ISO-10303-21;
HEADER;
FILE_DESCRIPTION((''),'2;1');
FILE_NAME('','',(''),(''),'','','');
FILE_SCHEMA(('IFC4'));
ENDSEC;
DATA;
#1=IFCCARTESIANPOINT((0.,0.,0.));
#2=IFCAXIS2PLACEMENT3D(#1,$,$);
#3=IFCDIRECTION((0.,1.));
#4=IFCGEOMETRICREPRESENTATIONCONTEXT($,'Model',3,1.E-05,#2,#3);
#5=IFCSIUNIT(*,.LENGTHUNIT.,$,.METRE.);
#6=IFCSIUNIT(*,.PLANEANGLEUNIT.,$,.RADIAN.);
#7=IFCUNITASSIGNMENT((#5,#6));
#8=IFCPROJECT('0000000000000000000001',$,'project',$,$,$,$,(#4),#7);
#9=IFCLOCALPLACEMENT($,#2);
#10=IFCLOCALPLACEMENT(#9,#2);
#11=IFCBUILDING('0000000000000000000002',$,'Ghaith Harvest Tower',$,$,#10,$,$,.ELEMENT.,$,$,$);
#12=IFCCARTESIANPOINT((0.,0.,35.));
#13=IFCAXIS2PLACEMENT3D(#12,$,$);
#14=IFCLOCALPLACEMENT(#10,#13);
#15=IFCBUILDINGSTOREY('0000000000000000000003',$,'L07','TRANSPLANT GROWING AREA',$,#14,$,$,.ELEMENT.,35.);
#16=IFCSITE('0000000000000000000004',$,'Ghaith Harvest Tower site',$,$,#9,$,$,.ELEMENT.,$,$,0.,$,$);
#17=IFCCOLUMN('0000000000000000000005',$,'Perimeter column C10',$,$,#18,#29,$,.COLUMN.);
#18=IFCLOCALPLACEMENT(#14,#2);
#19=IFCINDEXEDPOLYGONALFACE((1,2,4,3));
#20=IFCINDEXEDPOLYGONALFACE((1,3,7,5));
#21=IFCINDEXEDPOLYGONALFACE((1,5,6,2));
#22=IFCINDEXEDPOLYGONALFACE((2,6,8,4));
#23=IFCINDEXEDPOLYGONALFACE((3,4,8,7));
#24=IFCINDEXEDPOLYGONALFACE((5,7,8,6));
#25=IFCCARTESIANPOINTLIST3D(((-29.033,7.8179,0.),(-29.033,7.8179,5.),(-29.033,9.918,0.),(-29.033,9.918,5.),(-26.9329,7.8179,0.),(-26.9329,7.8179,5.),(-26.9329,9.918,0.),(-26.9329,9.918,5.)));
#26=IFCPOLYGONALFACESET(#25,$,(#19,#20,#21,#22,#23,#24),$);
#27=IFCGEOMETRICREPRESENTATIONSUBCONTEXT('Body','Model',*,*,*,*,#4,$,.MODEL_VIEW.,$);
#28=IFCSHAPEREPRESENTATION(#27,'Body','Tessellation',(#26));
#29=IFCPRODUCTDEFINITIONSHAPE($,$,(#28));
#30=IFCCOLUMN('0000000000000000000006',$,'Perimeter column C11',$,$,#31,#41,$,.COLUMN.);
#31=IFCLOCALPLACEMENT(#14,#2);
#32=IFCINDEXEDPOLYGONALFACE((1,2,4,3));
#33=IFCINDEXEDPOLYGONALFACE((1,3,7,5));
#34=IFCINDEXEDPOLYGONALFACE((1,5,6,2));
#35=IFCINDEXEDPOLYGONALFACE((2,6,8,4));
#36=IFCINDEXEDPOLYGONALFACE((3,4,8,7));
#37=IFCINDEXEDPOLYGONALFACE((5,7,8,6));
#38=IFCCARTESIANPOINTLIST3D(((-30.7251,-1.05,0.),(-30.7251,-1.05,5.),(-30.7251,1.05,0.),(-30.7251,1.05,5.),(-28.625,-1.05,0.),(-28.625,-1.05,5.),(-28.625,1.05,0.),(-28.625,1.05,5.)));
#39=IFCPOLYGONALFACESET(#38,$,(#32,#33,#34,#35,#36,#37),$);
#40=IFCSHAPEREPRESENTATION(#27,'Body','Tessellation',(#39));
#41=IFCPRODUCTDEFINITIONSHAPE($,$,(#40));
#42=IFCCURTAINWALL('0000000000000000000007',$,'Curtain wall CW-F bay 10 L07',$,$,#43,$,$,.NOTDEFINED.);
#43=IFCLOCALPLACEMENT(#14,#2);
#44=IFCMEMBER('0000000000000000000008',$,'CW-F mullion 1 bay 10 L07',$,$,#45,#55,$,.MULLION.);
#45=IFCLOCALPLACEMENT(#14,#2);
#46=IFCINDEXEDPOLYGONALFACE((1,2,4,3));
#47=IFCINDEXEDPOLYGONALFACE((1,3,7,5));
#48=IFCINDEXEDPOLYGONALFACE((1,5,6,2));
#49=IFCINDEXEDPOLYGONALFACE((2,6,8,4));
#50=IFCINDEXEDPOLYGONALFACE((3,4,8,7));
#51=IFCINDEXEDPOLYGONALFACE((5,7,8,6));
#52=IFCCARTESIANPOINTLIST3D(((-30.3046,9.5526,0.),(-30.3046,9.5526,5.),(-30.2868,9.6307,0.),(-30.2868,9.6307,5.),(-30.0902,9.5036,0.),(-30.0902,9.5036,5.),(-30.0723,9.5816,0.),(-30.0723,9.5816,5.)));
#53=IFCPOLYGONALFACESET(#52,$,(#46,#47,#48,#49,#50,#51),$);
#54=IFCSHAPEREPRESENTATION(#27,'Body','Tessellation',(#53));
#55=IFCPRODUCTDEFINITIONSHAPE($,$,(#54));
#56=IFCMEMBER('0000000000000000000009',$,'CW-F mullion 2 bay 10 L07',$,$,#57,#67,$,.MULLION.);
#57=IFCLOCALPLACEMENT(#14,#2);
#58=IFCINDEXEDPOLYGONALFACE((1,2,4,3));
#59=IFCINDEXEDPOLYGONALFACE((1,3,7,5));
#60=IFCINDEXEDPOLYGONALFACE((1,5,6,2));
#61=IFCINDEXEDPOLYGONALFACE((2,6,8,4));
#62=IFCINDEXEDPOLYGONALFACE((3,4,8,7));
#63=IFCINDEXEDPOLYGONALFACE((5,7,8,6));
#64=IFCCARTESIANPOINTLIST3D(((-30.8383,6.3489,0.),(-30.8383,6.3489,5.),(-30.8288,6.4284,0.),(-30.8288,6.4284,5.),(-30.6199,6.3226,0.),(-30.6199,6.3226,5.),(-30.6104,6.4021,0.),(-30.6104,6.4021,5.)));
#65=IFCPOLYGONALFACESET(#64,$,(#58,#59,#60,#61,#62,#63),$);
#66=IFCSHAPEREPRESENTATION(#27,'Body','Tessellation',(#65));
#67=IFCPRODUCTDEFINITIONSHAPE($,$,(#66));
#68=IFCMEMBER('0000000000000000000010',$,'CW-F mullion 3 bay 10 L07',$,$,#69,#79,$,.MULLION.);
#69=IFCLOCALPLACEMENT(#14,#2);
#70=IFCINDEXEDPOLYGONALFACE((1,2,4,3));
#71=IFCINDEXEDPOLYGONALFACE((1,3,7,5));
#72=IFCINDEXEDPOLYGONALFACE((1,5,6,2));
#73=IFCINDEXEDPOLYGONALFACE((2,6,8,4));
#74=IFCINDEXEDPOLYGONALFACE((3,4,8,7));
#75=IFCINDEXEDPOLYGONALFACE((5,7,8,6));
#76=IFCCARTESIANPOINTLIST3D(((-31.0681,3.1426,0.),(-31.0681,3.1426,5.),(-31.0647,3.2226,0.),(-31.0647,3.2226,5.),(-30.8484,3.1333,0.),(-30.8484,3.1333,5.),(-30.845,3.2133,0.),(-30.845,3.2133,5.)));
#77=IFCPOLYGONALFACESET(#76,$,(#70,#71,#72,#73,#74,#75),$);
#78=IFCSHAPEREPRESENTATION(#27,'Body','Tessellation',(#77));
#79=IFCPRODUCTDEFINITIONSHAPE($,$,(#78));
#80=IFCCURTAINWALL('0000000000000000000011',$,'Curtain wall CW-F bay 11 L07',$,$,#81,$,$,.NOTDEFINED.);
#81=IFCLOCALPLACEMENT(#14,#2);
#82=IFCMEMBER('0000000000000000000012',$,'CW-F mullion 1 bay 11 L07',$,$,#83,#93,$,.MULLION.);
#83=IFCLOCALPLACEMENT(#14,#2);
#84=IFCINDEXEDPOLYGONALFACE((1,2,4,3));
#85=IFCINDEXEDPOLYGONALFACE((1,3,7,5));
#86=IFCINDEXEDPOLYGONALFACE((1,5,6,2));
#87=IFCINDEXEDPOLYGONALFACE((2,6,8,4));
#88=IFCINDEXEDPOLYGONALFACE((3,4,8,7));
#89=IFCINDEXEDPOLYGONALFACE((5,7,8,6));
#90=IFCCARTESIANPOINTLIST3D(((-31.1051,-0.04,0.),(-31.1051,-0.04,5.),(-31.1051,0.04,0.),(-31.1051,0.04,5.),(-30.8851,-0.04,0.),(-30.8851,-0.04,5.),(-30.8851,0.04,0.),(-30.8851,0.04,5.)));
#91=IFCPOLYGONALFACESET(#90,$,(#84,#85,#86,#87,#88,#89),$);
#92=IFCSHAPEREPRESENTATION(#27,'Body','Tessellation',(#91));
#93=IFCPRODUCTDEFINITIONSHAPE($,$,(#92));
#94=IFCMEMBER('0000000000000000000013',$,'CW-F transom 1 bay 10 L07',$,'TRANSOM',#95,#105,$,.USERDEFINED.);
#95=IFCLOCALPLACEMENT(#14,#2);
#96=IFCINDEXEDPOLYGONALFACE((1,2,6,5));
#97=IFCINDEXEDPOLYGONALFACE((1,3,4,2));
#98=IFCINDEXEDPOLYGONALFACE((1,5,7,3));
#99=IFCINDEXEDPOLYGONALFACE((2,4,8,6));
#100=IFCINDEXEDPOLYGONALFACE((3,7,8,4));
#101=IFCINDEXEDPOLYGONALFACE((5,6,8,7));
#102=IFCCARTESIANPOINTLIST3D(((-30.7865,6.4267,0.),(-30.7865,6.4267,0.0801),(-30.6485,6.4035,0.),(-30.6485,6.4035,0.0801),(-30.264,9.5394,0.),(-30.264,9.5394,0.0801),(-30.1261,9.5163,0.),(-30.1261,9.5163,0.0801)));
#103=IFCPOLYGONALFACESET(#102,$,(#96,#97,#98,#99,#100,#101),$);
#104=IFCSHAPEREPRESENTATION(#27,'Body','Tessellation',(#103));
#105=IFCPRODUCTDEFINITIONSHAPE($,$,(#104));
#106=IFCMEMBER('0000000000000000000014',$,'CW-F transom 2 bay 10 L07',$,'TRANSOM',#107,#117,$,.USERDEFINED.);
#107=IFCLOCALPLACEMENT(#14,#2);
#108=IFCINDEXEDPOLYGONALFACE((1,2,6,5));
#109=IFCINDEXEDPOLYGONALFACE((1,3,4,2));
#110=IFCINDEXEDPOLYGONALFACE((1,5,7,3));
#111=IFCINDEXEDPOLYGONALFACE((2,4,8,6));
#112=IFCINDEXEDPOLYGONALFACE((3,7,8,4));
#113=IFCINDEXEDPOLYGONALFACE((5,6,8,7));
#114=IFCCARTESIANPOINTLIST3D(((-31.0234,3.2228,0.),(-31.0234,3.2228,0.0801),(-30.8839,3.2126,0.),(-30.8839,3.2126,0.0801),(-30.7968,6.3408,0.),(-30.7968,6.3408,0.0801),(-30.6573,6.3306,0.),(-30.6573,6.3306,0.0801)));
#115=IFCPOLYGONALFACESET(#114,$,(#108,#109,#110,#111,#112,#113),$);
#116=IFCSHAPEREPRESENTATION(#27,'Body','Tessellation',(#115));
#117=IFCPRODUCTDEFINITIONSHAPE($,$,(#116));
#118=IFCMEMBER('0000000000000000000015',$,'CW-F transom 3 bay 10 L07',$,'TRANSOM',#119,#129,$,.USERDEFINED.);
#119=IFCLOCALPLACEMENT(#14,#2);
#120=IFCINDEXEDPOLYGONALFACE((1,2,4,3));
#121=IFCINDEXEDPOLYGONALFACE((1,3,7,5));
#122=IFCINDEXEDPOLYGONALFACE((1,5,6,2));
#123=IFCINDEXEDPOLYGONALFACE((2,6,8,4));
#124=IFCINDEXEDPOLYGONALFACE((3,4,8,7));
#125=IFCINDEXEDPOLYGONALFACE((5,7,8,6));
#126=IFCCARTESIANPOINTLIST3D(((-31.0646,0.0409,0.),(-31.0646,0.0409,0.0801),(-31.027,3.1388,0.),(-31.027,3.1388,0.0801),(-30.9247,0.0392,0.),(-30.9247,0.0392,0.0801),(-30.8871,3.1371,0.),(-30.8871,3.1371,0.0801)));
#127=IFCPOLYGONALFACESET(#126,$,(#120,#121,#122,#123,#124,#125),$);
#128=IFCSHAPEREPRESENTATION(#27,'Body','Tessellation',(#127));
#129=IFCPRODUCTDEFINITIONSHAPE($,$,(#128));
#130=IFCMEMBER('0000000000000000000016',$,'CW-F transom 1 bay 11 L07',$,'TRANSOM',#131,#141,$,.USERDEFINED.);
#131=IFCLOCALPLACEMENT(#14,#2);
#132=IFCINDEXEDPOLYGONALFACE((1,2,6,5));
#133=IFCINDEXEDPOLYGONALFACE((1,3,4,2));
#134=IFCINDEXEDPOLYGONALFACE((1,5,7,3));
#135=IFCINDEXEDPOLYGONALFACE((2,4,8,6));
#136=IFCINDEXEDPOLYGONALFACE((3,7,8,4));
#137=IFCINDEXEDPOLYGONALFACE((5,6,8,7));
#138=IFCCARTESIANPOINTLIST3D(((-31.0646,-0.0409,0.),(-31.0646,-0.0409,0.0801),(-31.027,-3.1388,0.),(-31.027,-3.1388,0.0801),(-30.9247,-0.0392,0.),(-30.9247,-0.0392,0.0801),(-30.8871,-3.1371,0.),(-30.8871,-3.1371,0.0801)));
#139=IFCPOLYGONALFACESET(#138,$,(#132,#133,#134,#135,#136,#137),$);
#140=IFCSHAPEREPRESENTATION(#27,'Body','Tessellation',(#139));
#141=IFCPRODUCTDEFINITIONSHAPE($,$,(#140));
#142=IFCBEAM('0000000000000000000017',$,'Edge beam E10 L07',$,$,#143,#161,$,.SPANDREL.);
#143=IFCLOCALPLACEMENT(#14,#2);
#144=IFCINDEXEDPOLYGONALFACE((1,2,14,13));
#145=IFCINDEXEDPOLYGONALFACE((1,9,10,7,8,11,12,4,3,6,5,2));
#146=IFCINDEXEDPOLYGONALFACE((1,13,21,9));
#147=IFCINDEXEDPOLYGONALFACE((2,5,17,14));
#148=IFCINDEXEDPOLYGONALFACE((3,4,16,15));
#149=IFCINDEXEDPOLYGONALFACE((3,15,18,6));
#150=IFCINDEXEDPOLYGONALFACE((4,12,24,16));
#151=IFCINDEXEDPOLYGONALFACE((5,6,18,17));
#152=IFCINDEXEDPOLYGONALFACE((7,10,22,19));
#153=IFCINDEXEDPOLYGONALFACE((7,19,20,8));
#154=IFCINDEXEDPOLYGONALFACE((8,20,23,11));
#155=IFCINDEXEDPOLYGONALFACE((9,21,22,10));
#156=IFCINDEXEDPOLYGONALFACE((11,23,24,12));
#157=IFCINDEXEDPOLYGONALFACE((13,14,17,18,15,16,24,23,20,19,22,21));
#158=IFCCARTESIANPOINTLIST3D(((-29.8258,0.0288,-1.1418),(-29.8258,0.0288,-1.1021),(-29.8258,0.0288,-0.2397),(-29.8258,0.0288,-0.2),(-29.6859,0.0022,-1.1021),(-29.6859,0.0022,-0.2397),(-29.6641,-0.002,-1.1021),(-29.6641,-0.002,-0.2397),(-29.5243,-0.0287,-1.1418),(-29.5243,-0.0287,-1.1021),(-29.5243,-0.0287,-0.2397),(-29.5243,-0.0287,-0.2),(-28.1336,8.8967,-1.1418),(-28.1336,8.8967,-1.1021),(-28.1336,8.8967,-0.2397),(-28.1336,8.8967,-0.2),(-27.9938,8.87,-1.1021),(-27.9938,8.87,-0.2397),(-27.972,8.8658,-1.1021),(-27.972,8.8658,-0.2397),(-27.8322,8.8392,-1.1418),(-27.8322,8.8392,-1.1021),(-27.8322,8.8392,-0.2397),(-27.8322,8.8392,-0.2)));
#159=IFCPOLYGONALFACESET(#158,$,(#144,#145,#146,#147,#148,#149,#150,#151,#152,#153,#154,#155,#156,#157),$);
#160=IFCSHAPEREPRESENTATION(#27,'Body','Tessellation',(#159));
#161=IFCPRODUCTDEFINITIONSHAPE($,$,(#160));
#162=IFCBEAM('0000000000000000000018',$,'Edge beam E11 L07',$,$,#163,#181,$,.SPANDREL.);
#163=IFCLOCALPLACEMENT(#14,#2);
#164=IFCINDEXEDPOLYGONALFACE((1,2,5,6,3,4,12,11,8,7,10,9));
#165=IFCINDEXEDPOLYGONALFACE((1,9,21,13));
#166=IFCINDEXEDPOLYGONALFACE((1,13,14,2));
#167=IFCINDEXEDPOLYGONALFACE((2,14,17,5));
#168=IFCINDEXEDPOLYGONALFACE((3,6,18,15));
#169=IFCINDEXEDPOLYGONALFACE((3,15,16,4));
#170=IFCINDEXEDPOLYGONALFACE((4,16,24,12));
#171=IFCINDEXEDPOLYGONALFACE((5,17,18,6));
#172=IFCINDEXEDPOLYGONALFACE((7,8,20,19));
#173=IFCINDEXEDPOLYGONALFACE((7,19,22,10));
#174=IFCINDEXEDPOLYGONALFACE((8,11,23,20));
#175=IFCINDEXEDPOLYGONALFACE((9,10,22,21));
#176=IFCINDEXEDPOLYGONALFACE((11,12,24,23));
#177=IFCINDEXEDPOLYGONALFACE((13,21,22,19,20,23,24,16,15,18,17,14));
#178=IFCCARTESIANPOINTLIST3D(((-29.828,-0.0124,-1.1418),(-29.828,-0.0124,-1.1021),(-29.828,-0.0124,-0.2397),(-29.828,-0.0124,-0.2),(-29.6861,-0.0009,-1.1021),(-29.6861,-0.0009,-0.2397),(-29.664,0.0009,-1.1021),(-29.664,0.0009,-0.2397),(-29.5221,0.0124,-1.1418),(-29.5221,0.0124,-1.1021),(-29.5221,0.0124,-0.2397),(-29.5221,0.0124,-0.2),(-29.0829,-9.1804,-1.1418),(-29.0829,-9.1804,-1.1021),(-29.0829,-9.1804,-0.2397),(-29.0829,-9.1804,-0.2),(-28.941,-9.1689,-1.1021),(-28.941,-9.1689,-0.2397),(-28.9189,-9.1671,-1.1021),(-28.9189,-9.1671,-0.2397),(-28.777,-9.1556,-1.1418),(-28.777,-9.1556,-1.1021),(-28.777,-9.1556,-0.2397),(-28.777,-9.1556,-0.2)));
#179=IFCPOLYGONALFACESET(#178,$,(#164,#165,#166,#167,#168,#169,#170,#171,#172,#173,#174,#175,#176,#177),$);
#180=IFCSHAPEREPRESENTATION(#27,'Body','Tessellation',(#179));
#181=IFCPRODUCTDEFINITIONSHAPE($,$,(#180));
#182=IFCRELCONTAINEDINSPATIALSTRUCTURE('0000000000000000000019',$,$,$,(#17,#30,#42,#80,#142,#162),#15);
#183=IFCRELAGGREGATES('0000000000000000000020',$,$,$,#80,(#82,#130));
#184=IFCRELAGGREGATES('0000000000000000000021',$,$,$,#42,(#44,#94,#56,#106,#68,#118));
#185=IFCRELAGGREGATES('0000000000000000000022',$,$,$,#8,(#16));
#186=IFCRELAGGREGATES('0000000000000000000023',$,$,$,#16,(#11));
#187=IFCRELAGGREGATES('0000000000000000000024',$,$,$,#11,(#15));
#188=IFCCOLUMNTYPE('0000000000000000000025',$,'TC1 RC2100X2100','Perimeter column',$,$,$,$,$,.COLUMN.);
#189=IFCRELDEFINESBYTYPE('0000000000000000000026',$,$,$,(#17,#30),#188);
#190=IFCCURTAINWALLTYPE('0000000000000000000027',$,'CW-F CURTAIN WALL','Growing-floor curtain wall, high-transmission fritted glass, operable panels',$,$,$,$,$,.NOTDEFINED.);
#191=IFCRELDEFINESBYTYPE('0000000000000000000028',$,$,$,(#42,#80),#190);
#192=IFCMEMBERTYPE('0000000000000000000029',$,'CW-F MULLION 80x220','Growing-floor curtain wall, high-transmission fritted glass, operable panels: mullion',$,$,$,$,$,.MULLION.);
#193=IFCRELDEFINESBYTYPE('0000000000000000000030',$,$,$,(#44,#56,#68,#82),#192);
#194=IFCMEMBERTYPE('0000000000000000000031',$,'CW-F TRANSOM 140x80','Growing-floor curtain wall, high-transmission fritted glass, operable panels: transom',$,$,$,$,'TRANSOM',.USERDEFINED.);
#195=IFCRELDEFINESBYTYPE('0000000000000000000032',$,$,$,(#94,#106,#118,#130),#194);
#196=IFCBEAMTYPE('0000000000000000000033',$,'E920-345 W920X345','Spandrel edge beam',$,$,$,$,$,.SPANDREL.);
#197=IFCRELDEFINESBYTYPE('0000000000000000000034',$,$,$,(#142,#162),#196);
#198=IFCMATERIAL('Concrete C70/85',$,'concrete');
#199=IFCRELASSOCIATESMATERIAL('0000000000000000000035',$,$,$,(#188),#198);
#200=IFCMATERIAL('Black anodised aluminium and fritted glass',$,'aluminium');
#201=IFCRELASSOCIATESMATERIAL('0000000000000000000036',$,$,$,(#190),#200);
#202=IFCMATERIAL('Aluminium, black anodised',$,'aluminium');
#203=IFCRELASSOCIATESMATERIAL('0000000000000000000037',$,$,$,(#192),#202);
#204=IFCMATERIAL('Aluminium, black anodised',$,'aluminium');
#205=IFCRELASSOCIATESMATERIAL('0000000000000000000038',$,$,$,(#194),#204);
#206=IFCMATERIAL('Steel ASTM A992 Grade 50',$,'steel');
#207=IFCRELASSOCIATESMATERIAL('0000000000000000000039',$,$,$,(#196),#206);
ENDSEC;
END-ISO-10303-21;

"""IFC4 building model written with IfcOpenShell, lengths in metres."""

from ifc_helpers import new_model, si_unit, direction, frame, origin, origin_2d, place, context, subcontext, project, spatial, rectangle, i_section, extrude, material, material_profile, profile_set, type_object, element, aggregate, save


model = new_model("IFC4")

# Units and contexts
model_context = context("Model", 3, precision=1e-05, world=origin(), true_north=direction((0.0, 1.0)))
body_context = subcontext(model_context, "Body", "Model", "MODEL_VIEW")
ifc_project = project(units=[si_unit("LENGTHUNIT", "METRE"), si_unit("PLANEANGLEUNIT", "RADIAN")], contexts=[model_context])

# Site, building, storey
site_placement = place(None, origin())
site = spatial("IfcSite", under=ifc_project, at=site_placement, Name="Ghaith Harvest Tower site", CompositionType="ELEMENT", RefElevation=0.0)
building_placement = place(site_placement, origin())
building = spatial("IfcBuilding", under=site, at=building_placement, Name="Ghaith Harvest Tower", CompositionType="ELEMENT")
storey_placement = place(building_placement, frame((0.0, 0.0, 35.0)))
storey = spatial("IfcBuildingStorey", under=building, at=storey_placement, Name="L07", Description="TRANSPLANT GROWING AREA", CompositionType="ELEMENT", Elevation=35.0)

# Columns
ifc_material_1 = material(Name="Concrete C70/85", Category="concrete")
ifc_material_profile_1 = material_profile(ifc_material_1, rectangle(XDim=2.1001, YDim=2.1001, at=origin_2d()), Name="RC2100X2100")
ifc_profile_set_1 = profile_set([ifc_material_profile_1], Name="Concrete C70/85")
column_type = type_object("IfcColumnType", Name="TC1 RC2100X2100", Description="Perimeter column", PredefinedType="COLUMN", material=ifc_profile_set_1)
for number, where, z_axis, x_axis, name in (
    (1, (-27.9829, 8.8679, 0.0), (0.0, 0.0, 1.0), (1.0, 0.0, 0.0), "Perimeter column C10"),
    (2, (-29.675, 0.0, 0.0), (0.0, 0.0, 1.0), (1.0, 0.0, 0.0), "Perimeter column C11"),
):
    element("IfcColumn", number, at=place(storey_placement, frame(where, z_axis=z_axis, x_axis=x_axis)), inside=storey, type_object=column_type, Name=name, PredefinedType="COLUMN", context=body_context, shape_type="SweptSolid", body=[
        extrude(rectangle(XDim=2.1001, YDim=2.1001, at=origin_2d()), origin(), (0.0, 0.0, 1.0), 5.0),
    ])

# Curtain wall, members
ifc_material_2 = material(Name="Black anodised aluminium and fritted glass", Category="aluminium")
curtain_wall_type = type_object("IfcCurtainWallType", Name="CW-F CURTAIN WALL", Description="Growing-floor curtain wall, high-transmission fritted glass, operable panels", PredefinedType="NOTDEFINED", material=ifc_material_2)
curtain_wall_1_placement = place(storey_placement, origin())
curtain_wall_1 = element("IfcCurtainWall", 3, at=curtain_wall_1_placement, inside=storey, type_object=curtain_wall_type, Name="Curtain wall CW-F bay 10 L07", PredefinedType="NOTDEFINED")
ifc_material_3 = material(Name="Aluminium, black anodised", Category="aluminium")
ifc_material_profile_2 = material_profile(ifc_material_3, rectangle(XDim=0.0801, YDim=0.22, at=origin_2d()), Name="CW-F MULLION 80x220")
ifc_profile_set_2 = profile_set([ifc_material_profile_2], Name="Aluminium, black anodised")
member_type_1 = type_object("IfcMemberType", Name="CW-F MULLION 80x220", Description="Growing-floor curtain wall, high-transmission fritted glass, operable panels: mullion", PredefinedType="MULLION", material=ifc_profile_set_2)
member_1_placement = place(storey_placement, frame((-30.1885, 9.5671, 0.0), z_axis=(0.0, 0.0, 1.0), x_axis=(-0.222967, -0.974826, 0.0)))
member_1 = element("IfcMember", 4, at=member_1_placement, type_object=member_type_1, Name="CW-F mullion 1 bay 10 L07", PredefinedType="MULLION", context=body_context, shape_type="SweptSolid", body=[
    extrude(rectangle(XDim=0.0801, YDim=0.22, at=origin_2d()), origin(), (0.0, 0.0, 1.0), 5.0),
])
member_2_placement = place(storey_placement, frame((-30.7244, 6.3755, 0.0), z_axis=(0.0, 0.0, 1.0), x_axis=(-0.119353, -0.992852, 0.0)))
member_2 = element("IfcMember", 5, at=member_2_placement, type_object=member_type_1, Name="CW-F mullion 2 bay 10 L07", PredefinedType="MULLION", context=body_context, shape_type="SweptSolid", body=[
    extrude(rectangle(XDim=0.0801, YDim=0.22, at=origin_2d()), origin(), (0.0, 0.0, 1.0), 5.0),
])
member_3_placement = place(storey_placement, frame((-30.9565, 3.178, 0.0), z_axis=(0.0, 0.0, 1.0), x_axis=(-0.042427, -0.9991, 0.0)))
member_3 = element("IfcMember", 6, at=member_3_placement, type_object=member_type_1, Name="CW-F mullion 3 bay 10 L07", PredefinedType="MULLION", context=body_context, shape_type="SweptSolid", body=[
    extrude(rectangle(XDim=0.0801, YDim=0.22, at=origin_2d()), origin(), (0.0, 0.0, 1.0), 5.0),
])

# Curtain wall, member
curtain_wall_2_placement = place(storey_placement, origin())
curtain_wall_2 = element("IfcCurtainWall", 7, at=curtain_wall_2_placement, inside=storey, type_object=curtain_wall_type, Name="Curtain wall CW-F bay 11 L07", PredefinedType="NOTDEFINED")
member_4_placement = place(storey_placement, frame((-30.9951, 0.0, 0.0), z_axis=(0.0, 0.0, 1.0), x_axis=(0.0, -1.0, 0.0)))
member_4 = element("IfcMember", 8, at=member_4_placement, type_object=member_type_1, Name="CW-F mullion 1 bay 11 L07", PredefinedType="MULLION", context=body_context, shape_type="SweptSolid", body=[
    extrude(rectangle(XDim=0.0801, YDim=0.22, at=origin_2d()), origin(), (0.0, 0.0, 1.0), 5.0),
])

# Members
ifc_material_4 = material(Name="Aluminium, black anodised", Category="aluminium")
ifc_material_profile_3 = material_profile(ifc_material_4, rectangle(XDim=0.1399, YDim=0.0801, at=origin_2d()), Name="CW-F TRANSOM 140x80")
ifc_profile_set_3 = profile_set([ifc_material_profile_3], Name="Aluminium, black anodised")
member_type_2 = type_object("IfcMemberType", Name="CW-F TRANSOM 140x80", Description="Growing-floor curtain wall, high-transmission fritted glass, operable panels: transom", ElementType="TRANSOM", PredefinedType="USERDEFINED", material=ifc_profile_set_3)
member_5_placement = place(storey_placement, frame((-30.1951, 9.5278, 0.04), z_axis=(-0.165528, -0.986205, 0.0), x_axis=(0.986205, -0.165528, 0.0)))
member_5 = element("IfcMember", 9, at=member_5_placement, type_object=member_type_2, Name="CW-F transom 1 bay 10 L07", ObjectType="TRANSOM", PredefinedType="USERDEFINED", context=body_context, shape_type="SweptSolid", body=[
    extrude(rectangle(XDim=0.1399, YDim=0.0801, at=origin_2d()), origin(), (0.0, 0.0, 1.0), 3.1562),
])
member_6_placement = place(storey_placement, frame((-30.7271, 6.3357, 0.04), z_axis=(-0.072474, -0.99737, 0.0), x_axis=(0.99737, -0.072474, 0.0)))
member_6 = element("IfcMember", 10, at=member_6_placement, type_object=member_type_2, Name="CW-F transom 2 bay 10 L07", ObjectType="TRANSOM", PredefinedType="USERDEFINED", context=body_context, shape_type="SweptSolid", body=[
    extrude(rectangle(XDim=0.1399, YDim=0.0801, at=origin_2d()), origin(), (0.0, 0.0, 1.0), 3.1262),
])
member_7_placement = place(storey_placement, frame((-30.957, 3.1379, 0.04), z_axis=(-0.012136, -0.999926, 0.0), x_axis=(0.999926, -0.012136, 0.0)))
member_7 = element("IfcMember", 11, at=member_7_placement, type_object=member_type_2, Name="CW-F transom 3 bay 10 L07", ObjectType="TRANSOM", PredefinedType="USERDEFINED", context=body_context, shape_type="SweptSolid", body=[
    extrude(rectangle(XDim=0.1399, YDim=0.0801, at=origin_2d()), origin(), (0.0, 0.0, 1.0), 3.0981),
])
member_8_placement = place(storey_placement, frame((-30.9946, -0.04, 0.04), z_axis=(0.012136, -0.999926, 0.0), x_axis=(0.999926, 0.012136, 0.0)))
member_8 = element("IfcMember", 12, at=member_8_placement, type_object=member_type_2, Name="CW-F transom 1 bay 11 L07", ObjectType="TRANSOM", PredefinedType="USERDEFINED", context=body_context, shape_type="SweptSolid", body=[
    extrude(rectangle(XDim=0.1399, YDim=0.0801, at=origin_2d()), origin(), (0.0, 0.0, 1.0), 3.0981),
])
aggregate(curtain_wall_2, [member_4, member_8])

# Beams
ifc_material_5 = material(Name="Steel ASTM A992 Grade 50", Category="steel")
ifc_material_profile_4 = material_profile(ifc_material_5, i_section(OverallWidth=0.3069, OverallDepth=0.9419, WebThickness=0.0222, FlangeThickness=0.0398, at=origin_2d()), Name="W920X345")
ifc_profile_set_4 = profile_set([ifc_material_profile_4], Name="Steel ASTM A992 Grade 50")
beam_type_1 = type_object("IfcBeamType", Name="E920-345 W920X345", Description="Spandrel edge beam", PredefinedType="SPANDREL", material=ifc_profile_set_4)
beam_1_placement = place(storey_placement, frame((-27.9829, 8.8679, -0.6709), z_axis=(-0.187434, -0.982277, 0.0), x_axis=(0.982277, -0.187434, 0.0)))
element("IfcBeam", 13, at=beam_1_placement, inside=storey, type_object=beam_type_1, Name="Edge beam E10 L07", PredefinedType="SPANDREL", context=body_context, shape_type="SweptSolid", body=[
    extrude(i_section(OverallWidth=0.3069, OverallDepth=0.9419, WebThickness=0.0222, FlangeThickness=0.0398, at=origin_2d()), origin(), (0.0, 0.0, 1.0), 9.0278),
])
beam_2_placement = place(storey_placement, frame((-29.675, 0.0, -0.6709), z_axis=(0.081007, -0.996714, 0.0), x_axis=(0.996714, 0.081007, 0.0)))
element("IfcBeam", 14, at=beam_2_placement, inside=storey, type_object=beam_type_1, Name="Edge beam E11 L07", PredefinedType="SPANDREL", context=body_context, shape_type="SweptSolid", body=[
    extrude(i_section(OverallWidth=0.3069, OverallDepth=0.9419, WebThickness=0.0222, FlangeThickness=0.0398, at=origin_2d()), origin(), (0.0, 0.0, 1.0), 9.1982),
])

aggregate(curtain_wall_1, [member_1, member_5, member_2, member_6, member_3, member_7])

save(model, "model.ifc")
